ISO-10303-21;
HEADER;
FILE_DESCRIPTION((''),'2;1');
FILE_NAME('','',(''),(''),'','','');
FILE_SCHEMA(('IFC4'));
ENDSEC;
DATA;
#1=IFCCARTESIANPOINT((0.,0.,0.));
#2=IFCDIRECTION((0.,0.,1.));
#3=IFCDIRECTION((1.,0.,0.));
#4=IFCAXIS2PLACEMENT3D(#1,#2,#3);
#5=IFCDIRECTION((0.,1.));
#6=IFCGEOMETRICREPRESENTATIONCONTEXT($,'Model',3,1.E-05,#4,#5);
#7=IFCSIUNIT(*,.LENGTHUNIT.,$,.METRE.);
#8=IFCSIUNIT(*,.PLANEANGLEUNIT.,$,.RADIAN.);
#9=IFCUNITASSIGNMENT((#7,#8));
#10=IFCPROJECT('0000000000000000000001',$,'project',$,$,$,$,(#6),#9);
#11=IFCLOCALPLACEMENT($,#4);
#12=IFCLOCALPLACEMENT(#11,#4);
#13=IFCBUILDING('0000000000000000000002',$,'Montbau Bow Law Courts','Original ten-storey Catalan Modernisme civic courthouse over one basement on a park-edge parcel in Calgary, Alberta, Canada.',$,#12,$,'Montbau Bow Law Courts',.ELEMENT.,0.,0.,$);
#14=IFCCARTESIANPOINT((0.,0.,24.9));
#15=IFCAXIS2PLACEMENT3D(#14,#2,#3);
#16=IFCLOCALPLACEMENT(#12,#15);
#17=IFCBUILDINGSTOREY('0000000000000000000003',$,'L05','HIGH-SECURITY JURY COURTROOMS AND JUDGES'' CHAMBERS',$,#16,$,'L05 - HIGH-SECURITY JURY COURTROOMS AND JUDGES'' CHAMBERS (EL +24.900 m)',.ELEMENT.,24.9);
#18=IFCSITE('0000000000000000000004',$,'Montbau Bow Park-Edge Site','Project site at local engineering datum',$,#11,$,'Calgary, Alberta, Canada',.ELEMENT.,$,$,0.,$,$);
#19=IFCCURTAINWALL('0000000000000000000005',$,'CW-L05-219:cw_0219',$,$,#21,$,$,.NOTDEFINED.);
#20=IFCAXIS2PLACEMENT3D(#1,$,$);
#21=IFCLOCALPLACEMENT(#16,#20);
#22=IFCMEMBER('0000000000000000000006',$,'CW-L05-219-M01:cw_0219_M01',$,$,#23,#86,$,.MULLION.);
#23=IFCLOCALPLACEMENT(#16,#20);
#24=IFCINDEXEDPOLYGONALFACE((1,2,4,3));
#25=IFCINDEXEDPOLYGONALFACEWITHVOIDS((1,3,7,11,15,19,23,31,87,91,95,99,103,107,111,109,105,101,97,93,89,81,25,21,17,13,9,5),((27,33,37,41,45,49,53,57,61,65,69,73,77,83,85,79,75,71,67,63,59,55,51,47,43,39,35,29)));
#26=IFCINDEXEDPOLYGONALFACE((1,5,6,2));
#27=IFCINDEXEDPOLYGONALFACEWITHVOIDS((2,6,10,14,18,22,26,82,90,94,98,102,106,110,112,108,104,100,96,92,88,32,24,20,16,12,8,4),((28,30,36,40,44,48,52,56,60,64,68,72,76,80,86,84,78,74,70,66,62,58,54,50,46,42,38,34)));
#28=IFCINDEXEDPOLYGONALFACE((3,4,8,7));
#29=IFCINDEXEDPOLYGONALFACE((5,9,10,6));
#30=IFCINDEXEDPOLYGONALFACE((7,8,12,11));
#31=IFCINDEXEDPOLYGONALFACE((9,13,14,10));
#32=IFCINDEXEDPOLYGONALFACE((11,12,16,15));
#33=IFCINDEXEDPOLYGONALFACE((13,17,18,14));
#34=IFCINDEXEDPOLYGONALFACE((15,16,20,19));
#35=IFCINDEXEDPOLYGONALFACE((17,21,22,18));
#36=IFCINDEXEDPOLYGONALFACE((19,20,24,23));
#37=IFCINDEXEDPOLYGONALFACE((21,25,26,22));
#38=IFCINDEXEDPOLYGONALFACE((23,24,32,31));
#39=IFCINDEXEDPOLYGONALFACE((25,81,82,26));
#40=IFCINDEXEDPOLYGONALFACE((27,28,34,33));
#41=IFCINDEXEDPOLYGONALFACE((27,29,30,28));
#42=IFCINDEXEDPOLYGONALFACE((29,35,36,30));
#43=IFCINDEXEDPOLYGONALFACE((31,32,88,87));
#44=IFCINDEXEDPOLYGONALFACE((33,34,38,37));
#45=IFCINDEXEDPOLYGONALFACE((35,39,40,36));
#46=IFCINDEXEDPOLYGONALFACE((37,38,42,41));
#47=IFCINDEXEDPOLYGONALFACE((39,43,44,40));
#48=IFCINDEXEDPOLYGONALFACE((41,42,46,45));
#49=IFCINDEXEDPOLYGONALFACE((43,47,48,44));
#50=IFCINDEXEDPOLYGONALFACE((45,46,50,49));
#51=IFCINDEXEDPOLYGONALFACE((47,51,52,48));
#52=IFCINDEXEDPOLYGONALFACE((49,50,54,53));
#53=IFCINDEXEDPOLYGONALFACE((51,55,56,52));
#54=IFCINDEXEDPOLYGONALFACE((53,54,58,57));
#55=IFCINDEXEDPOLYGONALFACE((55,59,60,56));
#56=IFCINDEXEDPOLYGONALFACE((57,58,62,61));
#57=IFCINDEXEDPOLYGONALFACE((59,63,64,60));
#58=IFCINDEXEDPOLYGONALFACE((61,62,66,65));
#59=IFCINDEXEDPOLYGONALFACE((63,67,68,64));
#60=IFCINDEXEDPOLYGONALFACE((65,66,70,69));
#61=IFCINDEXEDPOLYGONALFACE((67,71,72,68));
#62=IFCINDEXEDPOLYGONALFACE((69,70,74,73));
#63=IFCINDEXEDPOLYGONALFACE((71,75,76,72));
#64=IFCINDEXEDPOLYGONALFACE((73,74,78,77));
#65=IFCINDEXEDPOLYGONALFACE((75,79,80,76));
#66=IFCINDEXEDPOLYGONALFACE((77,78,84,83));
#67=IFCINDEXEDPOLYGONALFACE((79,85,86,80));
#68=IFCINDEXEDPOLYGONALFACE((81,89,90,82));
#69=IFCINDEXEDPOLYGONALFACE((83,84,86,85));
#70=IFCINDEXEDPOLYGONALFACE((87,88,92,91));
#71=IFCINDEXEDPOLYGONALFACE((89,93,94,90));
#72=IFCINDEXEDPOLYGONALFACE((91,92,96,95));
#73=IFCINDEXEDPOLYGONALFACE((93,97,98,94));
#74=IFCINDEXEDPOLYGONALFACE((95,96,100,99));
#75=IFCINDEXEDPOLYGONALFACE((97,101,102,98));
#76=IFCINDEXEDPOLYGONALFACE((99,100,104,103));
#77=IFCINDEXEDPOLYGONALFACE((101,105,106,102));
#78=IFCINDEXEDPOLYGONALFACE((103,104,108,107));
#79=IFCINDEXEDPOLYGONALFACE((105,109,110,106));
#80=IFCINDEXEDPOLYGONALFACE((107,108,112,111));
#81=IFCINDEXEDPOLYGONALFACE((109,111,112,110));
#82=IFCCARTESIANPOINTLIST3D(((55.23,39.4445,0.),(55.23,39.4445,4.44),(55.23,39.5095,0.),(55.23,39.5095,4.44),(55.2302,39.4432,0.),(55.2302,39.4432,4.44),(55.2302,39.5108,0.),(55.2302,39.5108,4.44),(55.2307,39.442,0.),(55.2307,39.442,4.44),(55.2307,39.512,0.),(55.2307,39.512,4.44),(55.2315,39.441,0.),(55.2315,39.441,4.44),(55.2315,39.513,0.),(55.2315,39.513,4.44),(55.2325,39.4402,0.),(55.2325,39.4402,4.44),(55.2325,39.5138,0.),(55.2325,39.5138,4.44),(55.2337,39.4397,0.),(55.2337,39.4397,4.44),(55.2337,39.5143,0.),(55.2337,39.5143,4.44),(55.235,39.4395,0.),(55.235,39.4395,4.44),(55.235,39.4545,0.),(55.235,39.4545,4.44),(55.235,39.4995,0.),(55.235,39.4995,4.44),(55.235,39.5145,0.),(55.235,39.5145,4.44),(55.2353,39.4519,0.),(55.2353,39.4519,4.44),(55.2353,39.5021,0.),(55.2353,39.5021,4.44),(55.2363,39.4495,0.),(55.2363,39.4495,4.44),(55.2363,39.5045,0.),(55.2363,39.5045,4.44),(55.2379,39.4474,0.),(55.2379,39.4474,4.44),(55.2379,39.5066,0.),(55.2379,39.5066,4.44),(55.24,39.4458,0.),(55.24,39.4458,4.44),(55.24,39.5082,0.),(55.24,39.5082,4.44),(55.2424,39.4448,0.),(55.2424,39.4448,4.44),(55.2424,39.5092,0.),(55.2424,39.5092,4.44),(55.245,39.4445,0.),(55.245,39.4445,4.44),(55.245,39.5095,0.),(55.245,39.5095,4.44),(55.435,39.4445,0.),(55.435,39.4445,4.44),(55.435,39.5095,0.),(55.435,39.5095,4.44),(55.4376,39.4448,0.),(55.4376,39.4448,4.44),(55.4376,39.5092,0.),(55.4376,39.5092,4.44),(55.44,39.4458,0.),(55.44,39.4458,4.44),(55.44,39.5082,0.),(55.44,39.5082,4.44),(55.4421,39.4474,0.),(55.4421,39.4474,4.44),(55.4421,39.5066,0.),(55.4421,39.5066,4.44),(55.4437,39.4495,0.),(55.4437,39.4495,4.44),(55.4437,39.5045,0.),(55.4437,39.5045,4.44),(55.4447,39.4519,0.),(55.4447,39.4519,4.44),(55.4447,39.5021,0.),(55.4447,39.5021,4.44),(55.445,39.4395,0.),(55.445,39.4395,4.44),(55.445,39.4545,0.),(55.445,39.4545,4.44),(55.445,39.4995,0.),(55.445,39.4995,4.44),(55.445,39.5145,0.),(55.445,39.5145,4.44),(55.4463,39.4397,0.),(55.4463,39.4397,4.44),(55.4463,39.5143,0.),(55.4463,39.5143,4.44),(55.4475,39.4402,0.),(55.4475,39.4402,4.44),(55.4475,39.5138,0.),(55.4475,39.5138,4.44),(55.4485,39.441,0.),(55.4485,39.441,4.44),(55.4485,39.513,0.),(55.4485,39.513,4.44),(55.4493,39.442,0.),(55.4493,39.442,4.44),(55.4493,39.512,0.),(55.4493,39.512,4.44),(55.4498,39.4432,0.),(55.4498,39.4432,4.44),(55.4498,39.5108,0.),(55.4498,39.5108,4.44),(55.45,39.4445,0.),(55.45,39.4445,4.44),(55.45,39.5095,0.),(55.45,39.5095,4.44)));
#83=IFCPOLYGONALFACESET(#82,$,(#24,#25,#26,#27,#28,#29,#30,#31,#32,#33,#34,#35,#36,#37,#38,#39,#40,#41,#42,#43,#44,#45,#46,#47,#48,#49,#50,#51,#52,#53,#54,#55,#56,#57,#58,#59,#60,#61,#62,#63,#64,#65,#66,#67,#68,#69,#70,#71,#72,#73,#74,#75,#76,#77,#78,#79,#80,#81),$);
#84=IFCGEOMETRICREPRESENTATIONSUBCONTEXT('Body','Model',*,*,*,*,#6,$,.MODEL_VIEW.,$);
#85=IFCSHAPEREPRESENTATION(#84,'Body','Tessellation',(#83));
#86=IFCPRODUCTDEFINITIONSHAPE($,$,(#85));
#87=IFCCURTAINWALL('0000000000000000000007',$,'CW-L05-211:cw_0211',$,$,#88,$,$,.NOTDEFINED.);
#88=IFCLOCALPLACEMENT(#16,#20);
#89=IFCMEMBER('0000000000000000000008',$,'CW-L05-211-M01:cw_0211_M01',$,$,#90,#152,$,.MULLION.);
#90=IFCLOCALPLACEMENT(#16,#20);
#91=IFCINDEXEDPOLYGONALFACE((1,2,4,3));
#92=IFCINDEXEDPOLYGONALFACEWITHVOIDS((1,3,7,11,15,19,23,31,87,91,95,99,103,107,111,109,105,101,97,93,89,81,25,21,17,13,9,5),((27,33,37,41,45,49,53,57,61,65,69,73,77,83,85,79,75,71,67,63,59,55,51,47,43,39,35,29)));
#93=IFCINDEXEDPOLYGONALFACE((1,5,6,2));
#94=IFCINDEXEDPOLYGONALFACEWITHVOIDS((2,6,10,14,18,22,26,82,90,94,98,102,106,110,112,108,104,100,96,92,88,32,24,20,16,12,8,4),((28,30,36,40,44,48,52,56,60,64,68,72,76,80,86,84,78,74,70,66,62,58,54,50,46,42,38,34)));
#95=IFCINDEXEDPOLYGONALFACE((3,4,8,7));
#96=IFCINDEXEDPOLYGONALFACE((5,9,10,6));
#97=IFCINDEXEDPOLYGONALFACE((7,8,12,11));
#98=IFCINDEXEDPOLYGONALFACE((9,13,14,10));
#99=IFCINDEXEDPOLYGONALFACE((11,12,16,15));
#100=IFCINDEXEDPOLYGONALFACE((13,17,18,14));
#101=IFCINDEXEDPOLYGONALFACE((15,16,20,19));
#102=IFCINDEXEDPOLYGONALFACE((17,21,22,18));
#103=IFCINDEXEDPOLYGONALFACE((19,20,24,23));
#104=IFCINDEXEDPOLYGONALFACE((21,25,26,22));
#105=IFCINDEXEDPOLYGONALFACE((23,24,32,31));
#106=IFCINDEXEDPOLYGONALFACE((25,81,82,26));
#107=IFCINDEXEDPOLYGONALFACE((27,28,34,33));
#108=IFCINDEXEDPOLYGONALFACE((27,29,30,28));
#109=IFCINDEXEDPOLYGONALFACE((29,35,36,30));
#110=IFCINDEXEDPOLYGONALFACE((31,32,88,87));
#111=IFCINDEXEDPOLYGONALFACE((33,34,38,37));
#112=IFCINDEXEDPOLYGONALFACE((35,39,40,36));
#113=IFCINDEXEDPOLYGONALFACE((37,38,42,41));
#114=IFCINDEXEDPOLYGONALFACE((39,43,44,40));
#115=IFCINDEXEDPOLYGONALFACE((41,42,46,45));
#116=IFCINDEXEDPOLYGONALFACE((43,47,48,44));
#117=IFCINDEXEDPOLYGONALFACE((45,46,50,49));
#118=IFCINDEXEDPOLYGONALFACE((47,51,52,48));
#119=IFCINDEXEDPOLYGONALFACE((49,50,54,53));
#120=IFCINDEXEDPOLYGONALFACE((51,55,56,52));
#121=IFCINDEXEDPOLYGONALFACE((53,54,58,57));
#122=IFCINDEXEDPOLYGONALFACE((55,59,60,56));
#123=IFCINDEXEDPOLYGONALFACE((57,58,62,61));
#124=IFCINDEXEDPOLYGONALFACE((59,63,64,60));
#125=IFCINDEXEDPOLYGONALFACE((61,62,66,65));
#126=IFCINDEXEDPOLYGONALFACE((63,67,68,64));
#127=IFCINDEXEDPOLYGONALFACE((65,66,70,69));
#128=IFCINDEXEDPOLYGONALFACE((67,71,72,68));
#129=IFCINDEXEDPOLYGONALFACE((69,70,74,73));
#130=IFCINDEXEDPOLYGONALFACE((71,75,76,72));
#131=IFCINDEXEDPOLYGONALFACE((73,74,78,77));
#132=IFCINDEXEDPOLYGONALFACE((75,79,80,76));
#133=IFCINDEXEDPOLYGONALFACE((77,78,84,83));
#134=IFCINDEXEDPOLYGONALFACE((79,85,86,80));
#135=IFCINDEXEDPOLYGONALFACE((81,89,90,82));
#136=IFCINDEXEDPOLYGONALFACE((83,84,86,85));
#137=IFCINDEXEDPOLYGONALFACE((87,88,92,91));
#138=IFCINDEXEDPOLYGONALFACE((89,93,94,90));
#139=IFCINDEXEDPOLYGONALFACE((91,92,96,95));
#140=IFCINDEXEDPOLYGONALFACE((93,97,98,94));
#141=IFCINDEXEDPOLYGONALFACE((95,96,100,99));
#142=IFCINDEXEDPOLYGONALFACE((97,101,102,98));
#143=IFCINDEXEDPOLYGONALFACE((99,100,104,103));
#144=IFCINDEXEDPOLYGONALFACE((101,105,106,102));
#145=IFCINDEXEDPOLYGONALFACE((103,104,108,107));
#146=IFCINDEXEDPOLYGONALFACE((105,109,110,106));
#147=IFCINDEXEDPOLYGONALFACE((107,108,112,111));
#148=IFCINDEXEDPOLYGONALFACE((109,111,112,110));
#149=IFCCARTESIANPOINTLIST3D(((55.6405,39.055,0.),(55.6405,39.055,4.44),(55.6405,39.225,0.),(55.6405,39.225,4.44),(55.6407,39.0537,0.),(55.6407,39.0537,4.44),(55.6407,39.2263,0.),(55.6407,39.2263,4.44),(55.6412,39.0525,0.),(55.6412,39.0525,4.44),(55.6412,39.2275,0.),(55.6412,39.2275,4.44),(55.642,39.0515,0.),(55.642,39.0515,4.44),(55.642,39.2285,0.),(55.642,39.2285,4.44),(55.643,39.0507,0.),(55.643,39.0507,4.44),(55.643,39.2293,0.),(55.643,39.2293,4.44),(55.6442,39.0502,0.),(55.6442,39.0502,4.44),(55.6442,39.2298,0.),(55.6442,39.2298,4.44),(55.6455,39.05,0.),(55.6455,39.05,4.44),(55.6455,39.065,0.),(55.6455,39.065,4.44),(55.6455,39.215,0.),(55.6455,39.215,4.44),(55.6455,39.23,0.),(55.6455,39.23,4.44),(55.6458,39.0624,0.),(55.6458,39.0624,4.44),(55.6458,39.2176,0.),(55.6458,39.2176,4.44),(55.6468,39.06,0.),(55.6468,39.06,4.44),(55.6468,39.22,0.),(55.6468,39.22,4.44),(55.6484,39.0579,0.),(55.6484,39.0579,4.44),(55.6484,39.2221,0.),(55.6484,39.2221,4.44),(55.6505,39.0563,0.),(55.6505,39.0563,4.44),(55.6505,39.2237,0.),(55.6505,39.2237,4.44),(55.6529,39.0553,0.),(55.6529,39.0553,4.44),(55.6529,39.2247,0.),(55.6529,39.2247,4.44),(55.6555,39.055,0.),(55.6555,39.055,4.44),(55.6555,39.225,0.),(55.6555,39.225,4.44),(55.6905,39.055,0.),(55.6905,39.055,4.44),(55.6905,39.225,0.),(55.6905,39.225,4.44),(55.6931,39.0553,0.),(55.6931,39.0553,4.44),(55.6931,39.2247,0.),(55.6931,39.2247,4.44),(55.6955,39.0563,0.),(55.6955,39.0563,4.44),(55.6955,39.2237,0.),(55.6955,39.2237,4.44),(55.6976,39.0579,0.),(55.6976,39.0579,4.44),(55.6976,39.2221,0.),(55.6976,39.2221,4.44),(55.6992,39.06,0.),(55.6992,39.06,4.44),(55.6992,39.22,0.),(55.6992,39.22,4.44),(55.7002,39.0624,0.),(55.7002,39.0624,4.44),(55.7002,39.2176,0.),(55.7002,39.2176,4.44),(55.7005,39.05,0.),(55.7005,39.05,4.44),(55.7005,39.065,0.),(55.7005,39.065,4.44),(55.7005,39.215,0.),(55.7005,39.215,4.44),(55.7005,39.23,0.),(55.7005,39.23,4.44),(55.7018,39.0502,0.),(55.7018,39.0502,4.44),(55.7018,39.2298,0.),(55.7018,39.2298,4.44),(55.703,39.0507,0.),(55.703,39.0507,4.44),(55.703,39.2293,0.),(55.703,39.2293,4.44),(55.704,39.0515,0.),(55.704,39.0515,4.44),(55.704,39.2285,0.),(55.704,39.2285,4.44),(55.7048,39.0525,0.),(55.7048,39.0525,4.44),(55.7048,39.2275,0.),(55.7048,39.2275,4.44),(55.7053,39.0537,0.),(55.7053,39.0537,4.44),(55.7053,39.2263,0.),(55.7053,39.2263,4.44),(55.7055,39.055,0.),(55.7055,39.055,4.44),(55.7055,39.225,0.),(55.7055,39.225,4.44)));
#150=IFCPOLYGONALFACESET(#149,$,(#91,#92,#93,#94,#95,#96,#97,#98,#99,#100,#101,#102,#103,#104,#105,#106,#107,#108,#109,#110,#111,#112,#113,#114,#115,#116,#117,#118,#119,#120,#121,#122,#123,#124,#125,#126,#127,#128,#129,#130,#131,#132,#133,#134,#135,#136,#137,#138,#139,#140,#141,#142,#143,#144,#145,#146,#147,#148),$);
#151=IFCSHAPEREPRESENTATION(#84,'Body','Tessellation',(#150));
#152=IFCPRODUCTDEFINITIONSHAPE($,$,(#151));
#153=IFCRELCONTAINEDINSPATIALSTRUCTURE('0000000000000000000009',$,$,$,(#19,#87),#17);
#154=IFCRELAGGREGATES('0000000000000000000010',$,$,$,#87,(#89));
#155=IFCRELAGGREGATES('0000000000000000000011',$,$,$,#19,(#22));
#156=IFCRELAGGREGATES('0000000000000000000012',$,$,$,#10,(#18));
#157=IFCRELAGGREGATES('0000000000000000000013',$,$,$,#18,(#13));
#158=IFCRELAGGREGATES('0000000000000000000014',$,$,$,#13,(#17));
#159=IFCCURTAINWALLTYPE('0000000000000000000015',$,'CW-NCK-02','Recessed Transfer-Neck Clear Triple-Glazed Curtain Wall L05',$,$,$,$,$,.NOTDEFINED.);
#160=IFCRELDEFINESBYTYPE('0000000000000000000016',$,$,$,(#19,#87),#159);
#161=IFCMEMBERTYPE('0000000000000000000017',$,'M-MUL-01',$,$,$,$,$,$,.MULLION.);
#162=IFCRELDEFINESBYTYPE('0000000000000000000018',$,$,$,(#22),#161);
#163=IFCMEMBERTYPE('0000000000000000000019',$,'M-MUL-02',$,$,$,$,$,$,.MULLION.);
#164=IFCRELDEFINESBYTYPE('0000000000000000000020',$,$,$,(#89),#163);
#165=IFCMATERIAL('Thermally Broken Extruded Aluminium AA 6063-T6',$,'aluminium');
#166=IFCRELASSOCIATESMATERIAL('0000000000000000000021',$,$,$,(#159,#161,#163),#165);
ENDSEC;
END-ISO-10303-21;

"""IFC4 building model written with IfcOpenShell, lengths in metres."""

from ifc_helpers import new_model, si_unit, direction, frame, origin_with_axes, origin_2d_with_axis, place, context, subcontext, project, spatial, hollow_rectangle, extrude, material, material_profile, profile_set, type_object, element, aggregate, save


model = new_model("IFC4")

# Units and contexts
model_context = context("Model", 3, precision=1e-05, world=origin_with_axes(), true_north=direction((0.0, 1.0)))
body_context = subcontext(model_context, "Body", "Model", "MODEL_VIEW")
ifc_project = project(units=[si_unit("LENGTHUNIT", "METRE"), si_unit("PLANEANGLEUNIT", "RADIAN")], contexts=[model_context])

# Site, building, storey
site_placement = place(None, origin_with_axes())
site = spatial("IfcSite", under=ifc_project, at=site_placement, Name="Montbau Bow Park-Edge Site", Description="Project site at local engineering datum", LongName="Calgary, Alberta, Canada", CompositionType="ELEMENT", RefElevation=0.0)
building_placement = place(site_placement, origin_with_axes())
building = spatial("IfcBuilding", under=site, at=building_placement, Name="Montbau Bow Law Courts", Description="Original ten-storey Catalan Modernisme civic courthouse over one basement on a park-edge parcel in Calgary, Alberta, Canada.", LongName="Montbau Bow Law Courts", CompositionType="ELEMENT", ElevationOfRefHeight=0.0, ElevationOfTerrain=0.0)
storey_placement = place(building_placement, frame((0.0, 0.0, 24.9), z_axis=(0.0, 0.0, 1.0), x_axis=(1.0, 0.0, 0.0)))
storey = spatial("IfcBuildingStorey", under=building, at=storey_placement, Name="L05", Description="HIGH-SECURITY JURY COURTROOMS AND JUDGES' CHAMBERS", LongName="L05 - HIGH-SECURITY JURY COURTROOMS AND JUDGES' CHAMBERS (EL +24.900 m)", CompositionType="ELEMENT", Elevation=24.9)

# Curtain wall, member
ifc_material_1 = material(Name="Thermally Broken Extruded Aluminium AA 6063-T6", Category="aluminium")
curtain_wall_type = type_object("IfcCurtainWallType", Name="CW-NCK-02", Description="Recessed Transfer-Neck Clear Triple-Glazed Curtain Wall L05", PredefinedType="NOTDEFINED", material=ifc_material_1)
curtain_wall_1_placement = place(None, frame((55.34, 39.44, 24.9), z_axis=(0.0, 0.0, 1.0), x_axis=(1.0, 0.0, 0.0)))
curtain_wall_1 = element("IfcCurtainWall", 1, at=curtain_wall_1_placement, inside=storey, type_object=curtain_wall_type, Name="CW-L05-219:cw_0219", PredefinedType="NOTDEFINED")
ifc_material_profile_1 = material_profile(ifc_material_1, hollow_rectangle(XDim=0.075, YDim=0.22, WallThickness=0.005, InnerFilletRadius=0.01, OuterFilletRadius=0.005, at=origin_2d_with_axis()), Name="CWM-220X75", Category="Main", Priority=0)
ifc_profile_set_1 = profile_set([ifc_material_profile_1], Name="Thermally Broken Extruded Aluminium AA 6063-T6")
member_type_1 = type_object("IfcMemberType", Name="M-MUL-01", PredefinedType="MULLION", material=ifc_profile_set_1)
member_1_placement = place(None, frame((55.34, 39.477, 24.9), z_axis=(0.0, 0.0, 1.0), x_axis=(0.0, 1.0, 0.0)))
member_1 = element("IfcMember", 2, at=member_1_placement, type_object=member_type_1, Name="CW-L05-219-M01:cw_0219_M01", PredefinedType="MULLION", context=body_context, shape_type="SweptSolid", body=[
    extrude(hollow_rectangle(XDim=0.075, YDim=0.22, WallThickness=0.005, InnerFilletRadius=0.01, OuterFilletRadius=0.005, at=origin_2d_with_axis()), origin_with_axes(), (0.0, 0.0, 1.0), 4.44),
])

# Curtain wall, member
curtain_wall_2_placement = place(None, frame((55.64, 39.14, 24.9), z_axis=(0.0, 0.0, 1.0), x_axis=(1.0, 0.0, 0.0)))
curtain_wall_2 = element("IfcCurtainWall", 3, at=curtain_wall_2_placement, inside=storey, type_object=curtain_wall_type, Name="CW-L05-211:cw_0211", PredefinedType="NOTDEFINED")
ifc_material_profile_2 = material_profile(ifc_material_1, hollow_rectangle(XDim=0.065, YDim=0.18, WallThickness=0.005, InnerFilletRadius=0.01, OuterFilletRadius=0.005, at=origin_2d_with_axis()), Name="CWM-180X65", Category="Main", Priority=0)
ifc_profile_set_2 = profile_set([ifc_material_profile_2], Name="Thermally Broken Extruded Aluminium AA 6063-T6")
member_type_2 = type_object("IfcMemberType", Name="M-MUL-02", PredefinedType="MULLION", material=ifc_profile_set_2)
member_2_placement = place(None, frame((55.673, 39.14, 24.9), z_axis=(0.0, 0.0, 1.0), x_axis=(1.0, 0.0, 0.0)))
member_2 = element("IfcMember", 4, at=member_2_placement, type_object=member_type_2, Name="CW-L05-211-M01:cw_0211_M01", PredefinedType="MULLION", context=body_context, shape_type="SweptSolid", body=[
    extrude(hollow_rectangle(XDim=0.065, YDim=0.18, WallThickness=0.005, InnerFilletRadius=0.01, OuterFilletRadius=0.005, at=origin_2d_with_axis()), origin_with_axes(), (0.0, 0.0, 1.0), 4.44),
])

aggregate(curtain_wall_2, [member_2])
aggregate(curtain_wall_1, [member_1])

save(model, "model.ifc")
